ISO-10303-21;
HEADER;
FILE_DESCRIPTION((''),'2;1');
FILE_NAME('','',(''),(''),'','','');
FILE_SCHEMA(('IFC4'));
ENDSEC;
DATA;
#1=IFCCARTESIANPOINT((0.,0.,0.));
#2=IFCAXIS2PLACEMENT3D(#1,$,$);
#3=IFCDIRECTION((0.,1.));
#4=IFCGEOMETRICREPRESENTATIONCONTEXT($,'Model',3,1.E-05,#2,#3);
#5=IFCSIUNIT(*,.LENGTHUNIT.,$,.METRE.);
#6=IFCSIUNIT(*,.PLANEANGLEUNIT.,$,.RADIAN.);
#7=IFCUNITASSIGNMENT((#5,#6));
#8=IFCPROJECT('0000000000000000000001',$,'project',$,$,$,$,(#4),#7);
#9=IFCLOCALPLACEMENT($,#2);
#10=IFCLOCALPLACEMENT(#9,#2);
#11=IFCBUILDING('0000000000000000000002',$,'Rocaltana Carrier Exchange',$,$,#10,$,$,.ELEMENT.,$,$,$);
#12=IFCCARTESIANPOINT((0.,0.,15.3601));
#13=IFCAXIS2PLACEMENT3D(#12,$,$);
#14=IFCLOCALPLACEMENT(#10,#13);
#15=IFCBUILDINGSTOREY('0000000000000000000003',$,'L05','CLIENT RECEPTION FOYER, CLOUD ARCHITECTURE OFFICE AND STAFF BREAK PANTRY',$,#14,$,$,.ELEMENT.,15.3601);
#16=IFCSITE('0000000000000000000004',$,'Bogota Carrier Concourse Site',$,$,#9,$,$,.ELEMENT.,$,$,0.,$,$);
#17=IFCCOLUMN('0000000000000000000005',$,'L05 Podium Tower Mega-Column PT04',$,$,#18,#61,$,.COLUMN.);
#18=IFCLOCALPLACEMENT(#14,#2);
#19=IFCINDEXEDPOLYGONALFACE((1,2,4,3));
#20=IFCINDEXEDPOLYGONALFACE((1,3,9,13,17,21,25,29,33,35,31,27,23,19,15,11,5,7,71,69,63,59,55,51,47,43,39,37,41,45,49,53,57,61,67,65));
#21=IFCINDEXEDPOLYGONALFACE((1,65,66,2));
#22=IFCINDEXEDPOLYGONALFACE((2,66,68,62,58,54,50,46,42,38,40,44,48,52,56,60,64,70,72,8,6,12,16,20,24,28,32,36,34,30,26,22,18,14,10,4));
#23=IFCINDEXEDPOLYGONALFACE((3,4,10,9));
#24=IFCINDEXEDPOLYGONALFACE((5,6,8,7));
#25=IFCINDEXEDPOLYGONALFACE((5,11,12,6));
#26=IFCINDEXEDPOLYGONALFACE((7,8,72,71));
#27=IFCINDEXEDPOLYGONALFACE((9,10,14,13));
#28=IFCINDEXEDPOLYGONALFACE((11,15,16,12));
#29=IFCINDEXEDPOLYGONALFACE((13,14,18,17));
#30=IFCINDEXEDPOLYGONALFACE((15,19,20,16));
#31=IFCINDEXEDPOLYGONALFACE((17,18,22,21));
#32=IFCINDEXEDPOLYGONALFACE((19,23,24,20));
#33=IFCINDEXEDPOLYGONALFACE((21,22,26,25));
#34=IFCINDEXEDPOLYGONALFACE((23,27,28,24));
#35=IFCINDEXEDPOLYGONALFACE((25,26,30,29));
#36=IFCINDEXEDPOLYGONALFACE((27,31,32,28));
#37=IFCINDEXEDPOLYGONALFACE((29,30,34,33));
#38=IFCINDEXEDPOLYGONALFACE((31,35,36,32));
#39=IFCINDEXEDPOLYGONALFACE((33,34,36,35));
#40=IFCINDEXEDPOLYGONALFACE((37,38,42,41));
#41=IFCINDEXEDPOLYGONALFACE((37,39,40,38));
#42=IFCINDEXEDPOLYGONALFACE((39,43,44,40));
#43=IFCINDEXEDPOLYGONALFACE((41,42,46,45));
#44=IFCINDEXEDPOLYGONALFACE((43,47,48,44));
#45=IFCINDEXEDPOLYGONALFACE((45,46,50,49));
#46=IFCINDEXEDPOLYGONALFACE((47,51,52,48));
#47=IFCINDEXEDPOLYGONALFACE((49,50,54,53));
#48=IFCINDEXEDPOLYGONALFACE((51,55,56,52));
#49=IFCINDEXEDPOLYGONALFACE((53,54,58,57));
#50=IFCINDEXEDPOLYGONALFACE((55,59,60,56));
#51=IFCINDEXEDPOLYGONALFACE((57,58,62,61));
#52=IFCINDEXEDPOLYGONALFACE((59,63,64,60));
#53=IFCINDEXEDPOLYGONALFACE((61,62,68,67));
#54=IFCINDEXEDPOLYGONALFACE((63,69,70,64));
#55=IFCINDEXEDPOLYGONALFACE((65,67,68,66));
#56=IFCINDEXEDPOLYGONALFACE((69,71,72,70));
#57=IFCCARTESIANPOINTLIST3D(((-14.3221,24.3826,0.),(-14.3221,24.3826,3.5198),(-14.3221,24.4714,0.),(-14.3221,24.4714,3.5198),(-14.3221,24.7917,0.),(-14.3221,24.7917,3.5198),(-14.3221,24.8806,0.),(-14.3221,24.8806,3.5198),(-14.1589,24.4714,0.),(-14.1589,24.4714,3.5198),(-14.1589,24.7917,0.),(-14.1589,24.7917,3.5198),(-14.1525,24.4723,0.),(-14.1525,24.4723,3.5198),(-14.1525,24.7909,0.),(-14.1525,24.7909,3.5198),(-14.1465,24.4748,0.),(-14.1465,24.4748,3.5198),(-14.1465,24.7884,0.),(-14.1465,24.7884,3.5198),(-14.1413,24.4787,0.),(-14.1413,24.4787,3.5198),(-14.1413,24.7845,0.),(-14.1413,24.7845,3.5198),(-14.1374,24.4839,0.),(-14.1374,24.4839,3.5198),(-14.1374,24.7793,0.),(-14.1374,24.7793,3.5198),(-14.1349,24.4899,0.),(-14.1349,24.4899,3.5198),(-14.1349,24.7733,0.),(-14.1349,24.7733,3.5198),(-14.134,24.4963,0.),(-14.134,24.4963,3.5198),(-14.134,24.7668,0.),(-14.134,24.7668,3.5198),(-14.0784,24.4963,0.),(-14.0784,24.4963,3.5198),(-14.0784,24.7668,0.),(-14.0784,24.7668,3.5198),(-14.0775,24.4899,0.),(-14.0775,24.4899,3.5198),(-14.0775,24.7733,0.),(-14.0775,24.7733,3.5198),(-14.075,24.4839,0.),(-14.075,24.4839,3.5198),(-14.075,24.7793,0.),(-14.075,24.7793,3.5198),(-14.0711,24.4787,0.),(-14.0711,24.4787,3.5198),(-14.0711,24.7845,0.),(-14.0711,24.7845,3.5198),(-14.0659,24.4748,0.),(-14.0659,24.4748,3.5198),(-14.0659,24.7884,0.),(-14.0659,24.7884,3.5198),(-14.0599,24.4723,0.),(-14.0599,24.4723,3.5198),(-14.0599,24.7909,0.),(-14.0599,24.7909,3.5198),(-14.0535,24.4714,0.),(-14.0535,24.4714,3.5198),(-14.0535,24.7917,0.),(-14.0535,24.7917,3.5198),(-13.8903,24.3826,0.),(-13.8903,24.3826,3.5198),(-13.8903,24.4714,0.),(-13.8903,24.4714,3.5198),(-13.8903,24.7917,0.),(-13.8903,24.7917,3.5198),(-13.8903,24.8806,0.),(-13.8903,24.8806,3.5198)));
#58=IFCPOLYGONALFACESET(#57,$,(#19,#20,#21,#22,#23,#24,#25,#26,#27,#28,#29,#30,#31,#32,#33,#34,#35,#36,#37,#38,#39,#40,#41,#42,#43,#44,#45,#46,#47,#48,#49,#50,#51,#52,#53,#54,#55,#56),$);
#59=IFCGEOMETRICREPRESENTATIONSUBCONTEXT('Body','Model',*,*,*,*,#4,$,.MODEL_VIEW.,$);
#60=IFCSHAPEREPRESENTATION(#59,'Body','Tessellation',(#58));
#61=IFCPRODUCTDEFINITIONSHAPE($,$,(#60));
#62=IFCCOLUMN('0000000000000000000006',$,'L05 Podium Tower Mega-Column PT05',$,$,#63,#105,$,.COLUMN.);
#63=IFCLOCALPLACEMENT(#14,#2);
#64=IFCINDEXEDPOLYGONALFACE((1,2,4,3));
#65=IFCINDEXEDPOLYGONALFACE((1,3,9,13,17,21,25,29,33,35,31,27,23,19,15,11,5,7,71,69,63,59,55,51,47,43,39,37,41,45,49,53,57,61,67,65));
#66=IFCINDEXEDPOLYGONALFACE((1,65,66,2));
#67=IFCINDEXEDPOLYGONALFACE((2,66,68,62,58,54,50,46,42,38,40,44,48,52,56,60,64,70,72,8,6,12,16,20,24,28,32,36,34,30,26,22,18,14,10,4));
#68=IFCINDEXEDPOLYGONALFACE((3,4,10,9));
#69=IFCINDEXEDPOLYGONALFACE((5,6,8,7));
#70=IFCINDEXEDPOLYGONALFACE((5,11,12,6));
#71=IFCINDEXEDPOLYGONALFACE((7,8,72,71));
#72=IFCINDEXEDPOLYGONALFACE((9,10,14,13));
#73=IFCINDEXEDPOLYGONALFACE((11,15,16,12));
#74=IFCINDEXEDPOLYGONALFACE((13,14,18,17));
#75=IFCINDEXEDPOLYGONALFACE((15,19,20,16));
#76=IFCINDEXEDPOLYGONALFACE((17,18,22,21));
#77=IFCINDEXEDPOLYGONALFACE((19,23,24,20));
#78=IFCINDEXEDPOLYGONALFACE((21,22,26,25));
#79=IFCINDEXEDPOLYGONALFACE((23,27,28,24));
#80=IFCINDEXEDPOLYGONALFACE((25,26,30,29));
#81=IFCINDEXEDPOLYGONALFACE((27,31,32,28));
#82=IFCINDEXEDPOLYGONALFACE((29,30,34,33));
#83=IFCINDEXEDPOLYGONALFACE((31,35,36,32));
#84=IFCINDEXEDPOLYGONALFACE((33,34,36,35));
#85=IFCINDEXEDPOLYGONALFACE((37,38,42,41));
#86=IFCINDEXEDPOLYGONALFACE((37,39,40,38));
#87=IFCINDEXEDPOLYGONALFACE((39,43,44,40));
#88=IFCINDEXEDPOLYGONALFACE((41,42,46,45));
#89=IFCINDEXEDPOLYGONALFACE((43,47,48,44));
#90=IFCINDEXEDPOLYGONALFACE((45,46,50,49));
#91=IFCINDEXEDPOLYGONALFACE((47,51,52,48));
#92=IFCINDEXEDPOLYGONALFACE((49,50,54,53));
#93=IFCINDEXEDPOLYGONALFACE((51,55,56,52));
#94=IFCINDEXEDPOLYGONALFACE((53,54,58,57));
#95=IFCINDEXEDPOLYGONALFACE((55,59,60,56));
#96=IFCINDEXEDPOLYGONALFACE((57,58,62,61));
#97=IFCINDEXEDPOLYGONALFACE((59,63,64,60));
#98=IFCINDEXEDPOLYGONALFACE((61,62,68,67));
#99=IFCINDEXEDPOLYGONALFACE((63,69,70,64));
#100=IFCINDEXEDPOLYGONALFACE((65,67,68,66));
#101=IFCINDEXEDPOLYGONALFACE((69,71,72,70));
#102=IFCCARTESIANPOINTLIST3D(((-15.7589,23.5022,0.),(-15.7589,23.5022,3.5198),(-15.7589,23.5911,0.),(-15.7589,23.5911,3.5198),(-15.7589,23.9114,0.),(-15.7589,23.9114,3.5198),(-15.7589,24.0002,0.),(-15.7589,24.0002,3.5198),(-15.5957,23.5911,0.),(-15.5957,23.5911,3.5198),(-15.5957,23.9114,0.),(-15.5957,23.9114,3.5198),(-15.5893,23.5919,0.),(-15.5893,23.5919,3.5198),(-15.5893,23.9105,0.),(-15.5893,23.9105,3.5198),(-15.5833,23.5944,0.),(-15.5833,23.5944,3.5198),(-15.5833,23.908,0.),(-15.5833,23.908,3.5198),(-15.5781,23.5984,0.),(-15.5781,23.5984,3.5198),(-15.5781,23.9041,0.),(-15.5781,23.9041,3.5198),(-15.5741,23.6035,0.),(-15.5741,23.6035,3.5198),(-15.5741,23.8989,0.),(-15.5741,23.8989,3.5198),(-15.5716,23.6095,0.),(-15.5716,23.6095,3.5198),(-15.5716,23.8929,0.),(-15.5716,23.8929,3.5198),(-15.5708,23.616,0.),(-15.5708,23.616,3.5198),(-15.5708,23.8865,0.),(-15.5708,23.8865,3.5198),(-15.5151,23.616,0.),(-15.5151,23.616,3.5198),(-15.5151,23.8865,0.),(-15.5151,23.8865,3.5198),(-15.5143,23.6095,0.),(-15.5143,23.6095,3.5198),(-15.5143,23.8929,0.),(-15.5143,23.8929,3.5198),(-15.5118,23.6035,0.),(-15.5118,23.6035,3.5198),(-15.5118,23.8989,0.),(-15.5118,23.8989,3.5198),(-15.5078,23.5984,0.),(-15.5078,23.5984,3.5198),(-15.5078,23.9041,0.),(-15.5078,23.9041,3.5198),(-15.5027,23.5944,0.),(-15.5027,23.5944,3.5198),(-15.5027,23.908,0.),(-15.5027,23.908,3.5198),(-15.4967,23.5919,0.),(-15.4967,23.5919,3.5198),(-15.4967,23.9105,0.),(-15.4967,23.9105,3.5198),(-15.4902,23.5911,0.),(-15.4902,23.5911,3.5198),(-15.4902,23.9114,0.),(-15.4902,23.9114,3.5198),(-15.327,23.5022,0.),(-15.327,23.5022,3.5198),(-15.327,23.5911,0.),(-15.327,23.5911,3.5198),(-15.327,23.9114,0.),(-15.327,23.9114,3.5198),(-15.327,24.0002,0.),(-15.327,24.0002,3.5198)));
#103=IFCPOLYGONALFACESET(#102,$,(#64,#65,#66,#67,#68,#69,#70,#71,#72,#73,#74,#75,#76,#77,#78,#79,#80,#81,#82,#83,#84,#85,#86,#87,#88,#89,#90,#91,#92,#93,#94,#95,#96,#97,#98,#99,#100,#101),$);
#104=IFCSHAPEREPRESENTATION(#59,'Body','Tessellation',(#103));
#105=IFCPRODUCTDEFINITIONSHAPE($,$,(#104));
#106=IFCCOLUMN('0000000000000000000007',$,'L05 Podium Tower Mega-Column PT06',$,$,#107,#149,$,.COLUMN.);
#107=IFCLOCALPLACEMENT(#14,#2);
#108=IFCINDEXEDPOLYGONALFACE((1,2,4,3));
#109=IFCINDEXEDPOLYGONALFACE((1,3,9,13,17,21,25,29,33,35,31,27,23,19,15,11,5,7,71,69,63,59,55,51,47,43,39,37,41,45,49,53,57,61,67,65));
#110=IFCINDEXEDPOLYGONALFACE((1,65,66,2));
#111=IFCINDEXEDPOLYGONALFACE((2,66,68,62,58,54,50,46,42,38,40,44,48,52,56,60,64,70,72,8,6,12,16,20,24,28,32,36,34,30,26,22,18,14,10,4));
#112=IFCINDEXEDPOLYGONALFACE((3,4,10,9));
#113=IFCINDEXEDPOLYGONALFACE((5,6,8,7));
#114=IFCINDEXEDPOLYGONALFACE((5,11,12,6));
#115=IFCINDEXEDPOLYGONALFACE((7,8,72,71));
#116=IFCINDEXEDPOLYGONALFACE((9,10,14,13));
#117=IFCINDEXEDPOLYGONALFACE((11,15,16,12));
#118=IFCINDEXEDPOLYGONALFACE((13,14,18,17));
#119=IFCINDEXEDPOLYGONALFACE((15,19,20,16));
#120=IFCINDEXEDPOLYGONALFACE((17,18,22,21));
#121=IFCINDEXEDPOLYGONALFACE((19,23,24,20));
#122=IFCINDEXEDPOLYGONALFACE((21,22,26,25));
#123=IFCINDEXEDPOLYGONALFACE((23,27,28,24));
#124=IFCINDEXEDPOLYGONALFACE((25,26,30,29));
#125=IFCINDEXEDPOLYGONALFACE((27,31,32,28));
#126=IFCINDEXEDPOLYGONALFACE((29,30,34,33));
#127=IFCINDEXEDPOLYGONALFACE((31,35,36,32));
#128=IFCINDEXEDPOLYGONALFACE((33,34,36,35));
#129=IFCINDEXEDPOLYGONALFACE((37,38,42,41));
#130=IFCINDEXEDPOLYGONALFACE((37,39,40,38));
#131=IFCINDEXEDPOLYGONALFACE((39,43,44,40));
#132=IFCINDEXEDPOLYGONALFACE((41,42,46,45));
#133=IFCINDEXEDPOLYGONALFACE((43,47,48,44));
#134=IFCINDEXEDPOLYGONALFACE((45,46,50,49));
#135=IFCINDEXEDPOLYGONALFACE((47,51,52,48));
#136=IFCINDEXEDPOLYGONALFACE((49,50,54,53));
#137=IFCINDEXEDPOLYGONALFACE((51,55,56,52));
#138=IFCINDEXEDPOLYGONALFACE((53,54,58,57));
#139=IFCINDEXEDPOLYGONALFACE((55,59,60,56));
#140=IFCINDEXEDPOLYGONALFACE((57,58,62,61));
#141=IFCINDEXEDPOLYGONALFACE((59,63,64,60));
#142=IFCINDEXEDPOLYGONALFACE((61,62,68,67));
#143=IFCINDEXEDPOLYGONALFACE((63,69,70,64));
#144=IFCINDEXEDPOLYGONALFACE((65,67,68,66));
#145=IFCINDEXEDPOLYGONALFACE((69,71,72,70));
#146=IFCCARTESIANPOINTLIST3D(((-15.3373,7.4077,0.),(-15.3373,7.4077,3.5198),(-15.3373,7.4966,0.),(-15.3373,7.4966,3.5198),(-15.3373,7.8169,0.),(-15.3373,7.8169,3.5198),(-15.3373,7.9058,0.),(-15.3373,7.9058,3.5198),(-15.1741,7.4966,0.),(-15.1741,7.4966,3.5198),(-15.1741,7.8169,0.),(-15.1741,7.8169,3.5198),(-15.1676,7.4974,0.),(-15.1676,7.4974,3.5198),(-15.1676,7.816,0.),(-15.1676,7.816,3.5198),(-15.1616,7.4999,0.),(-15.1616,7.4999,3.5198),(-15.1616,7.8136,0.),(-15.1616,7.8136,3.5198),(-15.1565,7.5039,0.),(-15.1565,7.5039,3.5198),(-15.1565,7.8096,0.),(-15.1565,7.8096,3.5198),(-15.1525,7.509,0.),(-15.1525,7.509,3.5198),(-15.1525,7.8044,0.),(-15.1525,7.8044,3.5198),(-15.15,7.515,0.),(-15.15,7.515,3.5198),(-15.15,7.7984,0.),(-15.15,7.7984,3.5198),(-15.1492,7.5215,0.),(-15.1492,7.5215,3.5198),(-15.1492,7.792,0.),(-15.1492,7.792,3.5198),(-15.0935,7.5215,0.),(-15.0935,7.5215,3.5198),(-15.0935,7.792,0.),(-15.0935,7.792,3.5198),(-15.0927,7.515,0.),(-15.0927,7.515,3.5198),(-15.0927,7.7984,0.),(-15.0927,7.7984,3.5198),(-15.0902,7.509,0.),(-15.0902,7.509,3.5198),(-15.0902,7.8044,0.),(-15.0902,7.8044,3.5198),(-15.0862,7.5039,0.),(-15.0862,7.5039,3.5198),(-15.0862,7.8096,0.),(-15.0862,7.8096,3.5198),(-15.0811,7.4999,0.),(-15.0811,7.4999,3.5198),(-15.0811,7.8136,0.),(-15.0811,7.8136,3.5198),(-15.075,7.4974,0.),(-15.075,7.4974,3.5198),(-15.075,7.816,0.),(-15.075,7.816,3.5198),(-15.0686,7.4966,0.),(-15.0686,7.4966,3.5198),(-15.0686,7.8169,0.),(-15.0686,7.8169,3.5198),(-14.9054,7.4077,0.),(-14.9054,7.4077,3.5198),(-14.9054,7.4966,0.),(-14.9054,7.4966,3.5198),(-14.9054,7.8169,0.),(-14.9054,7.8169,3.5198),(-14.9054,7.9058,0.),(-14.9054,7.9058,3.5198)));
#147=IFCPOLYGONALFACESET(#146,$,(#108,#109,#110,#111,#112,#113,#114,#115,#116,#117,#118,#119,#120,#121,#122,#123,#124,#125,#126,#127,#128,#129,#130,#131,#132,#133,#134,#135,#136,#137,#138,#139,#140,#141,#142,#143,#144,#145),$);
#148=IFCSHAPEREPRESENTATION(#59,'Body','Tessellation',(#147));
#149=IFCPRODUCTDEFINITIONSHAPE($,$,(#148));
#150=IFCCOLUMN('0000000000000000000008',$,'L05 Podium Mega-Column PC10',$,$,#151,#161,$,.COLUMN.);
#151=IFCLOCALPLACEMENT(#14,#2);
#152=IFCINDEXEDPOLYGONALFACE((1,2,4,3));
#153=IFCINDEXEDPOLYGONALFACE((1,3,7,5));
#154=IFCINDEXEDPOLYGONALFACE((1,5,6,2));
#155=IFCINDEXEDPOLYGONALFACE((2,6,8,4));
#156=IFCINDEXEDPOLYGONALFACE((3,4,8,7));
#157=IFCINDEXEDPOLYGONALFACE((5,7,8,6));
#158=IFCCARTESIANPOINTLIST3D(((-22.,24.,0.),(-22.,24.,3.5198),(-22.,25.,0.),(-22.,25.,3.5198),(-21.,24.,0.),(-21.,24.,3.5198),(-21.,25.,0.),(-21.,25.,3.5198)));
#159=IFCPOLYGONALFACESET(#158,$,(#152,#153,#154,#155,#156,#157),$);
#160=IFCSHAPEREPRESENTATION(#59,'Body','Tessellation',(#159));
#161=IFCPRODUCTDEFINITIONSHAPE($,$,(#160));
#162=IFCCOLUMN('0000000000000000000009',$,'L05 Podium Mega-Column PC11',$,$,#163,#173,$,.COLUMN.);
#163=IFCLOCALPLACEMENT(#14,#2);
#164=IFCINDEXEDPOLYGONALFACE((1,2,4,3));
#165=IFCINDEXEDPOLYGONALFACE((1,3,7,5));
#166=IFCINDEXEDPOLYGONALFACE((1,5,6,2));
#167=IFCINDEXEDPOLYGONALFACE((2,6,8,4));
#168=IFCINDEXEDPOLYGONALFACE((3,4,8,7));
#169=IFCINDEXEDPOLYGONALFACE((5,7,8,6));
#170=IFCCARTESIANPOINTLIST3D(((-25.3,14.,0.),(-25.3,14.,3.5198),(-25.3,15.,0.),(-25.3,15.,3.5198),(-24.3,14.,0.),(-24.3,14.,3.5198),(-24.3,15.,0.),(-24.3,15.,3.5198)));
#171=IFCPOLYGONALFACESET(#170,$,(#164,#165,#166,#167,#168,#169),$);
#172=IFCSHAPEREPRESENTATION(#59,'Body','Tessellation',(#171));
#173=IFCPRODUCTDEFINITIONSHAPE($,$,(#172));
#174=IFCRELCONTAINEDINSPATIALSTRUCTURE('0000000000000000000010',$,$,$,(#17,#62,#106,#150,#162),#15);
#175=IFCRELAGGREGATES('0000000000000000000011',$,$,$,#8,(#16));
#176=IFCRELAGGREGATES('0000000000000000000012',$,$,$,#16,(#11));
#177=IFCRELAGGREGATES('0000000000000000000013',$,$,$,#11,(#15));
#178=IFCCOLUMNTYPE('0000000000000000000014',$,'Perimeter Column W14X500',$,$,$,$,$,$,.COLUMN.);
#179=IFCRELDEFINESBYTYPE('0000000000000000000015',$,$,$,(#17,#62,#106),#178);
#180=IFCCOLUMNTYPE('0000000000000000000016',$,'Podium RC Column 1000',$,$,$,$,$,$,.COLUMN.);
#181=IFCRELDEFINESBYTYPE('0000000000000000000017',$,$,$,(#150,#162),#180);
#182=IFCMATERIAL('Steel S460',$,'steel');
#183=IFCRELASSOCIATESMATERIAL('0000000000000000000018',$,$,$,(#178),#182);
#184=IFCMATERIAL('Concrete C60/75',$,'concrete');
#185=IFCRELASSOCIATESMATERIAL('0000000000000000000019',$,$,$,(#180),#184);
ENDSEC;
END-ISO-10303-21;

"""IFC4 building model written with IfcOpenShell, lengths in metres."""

from ifc_helpers import new_model, si_unit, direction, frame, origin, origin_2d, place, context, subcontext, project, spatial, rectangle, i_section, extrude, material, material_profile, profile_set, type_object, element, save


model = new_model("IFC4")

# Units and contexts
model_context = context("Model", 3, precision=1e-05, world=origin(), true_north=direction((0.0, 1.0)))
body_context = subcontext(model_context, "Body", "Model", "MODEL_VIEW")
ifc_project = project(units=[si_unit("LENGTHUNIT", "METRE"), si_unit("PLANEANGLEUNIT", "RADIAN")], contexts=[model_context])

# Site, building, storey
site_placement = place(None, origin())
site = spatial("IfcSite", under=ifc_project, at=site_placement, Name="Bogota Carrier Concourse Site", CompositionType="ELEMENT", RefElevation=0.0)
building_placement = place(site_placement, origin())
building = spatial("IfcBuilding", under=site, at=building_placement, Name="Rocaltana Carrier Exchange", CompositionType="ELEMENT")
storey_placement = place(building_placement, frame((0.0, 0.0, 15.3601)))
storey = spatial("IfcBuildingStorey", under=building, at=storey_placement, Name="L05", Description="CLIENT RECEPTION FOYER, CLOUD ARCHITECTURE OFFICE AND STAFF BREAK PANTRY", CompositionType="ELEMENT", Elevation=15.3601)

# Columns
ifc_material_1 = material(Name="Steel S460", Category="steel")
ifc_material_profile_1 = material_profile(ifc_material_1, i_section(OverallWidth=0.4319, OverallDepth=0.498, WebThickness=0.0557, FlangeThickness=0.0889, FilletRadius=0.0249, at=origin_2d()), Name="W14X500")
ifc_profile_set_1 = profile_set([ifc_material_profile_1], Name="Steel S460")
column_type_1 = type_object("IfcColumnType", Name="Perimeter Column W14X500", PredefinedType="COLUMN", material=ifc_profile_set_1)
for number, where, z_axis, x_axis, name in (
    (1, (-14.1062, 24.6316, 0.0), (0.0, 0.0, 1.0), (1.0, 0.0, 0.0), "L05 Podium Tower Mega-Column PT04"),
    (2, (-15.543, 23.7512, 0.0), (0.0, 0.0, 1.0), (1.0, 0.0, 0.0), "L05 Podium Tower Mega-Column PT05"),
    (3, (-15.1213, 7.6567, 0.0), (0.0, 0.0, 1.0), (1.0, 0.0, 0.0), "L05 Podium Tower Mega-Column PT06"),
):
    element("IfcColumn", number, at=place(storey_placement, frame(where, z_axis=z_axis, x_axis=x_axis)), inside=storey, type_object=column_type_1, Name=name, PredefinedType="COLUMN", context=body_context, shape_type="SweptSolid", body=[
        extrude(i_section(OverallWidth=0.4319, OverallDepth=0.498, WebThickness=0.0557, FlangeThickness=0.0889, FilletRadius=0.0249, at=origin_2d()), origin(), (0.0, 0.0, 1.0), 3.5198),
    ])
ifc_material_2 = material(Name="Concrete C60/75", Category="concrete")
ifc_material_profile_2 = material_profile(ifc_material_2, rectangle(XDim=1.0, YDim=1.0, at=origin_2d()), Name="RC-COL-1000X1000")
ifc_profile_set_2 = profile_set([ifc_material_profile_2], Name="Concrete C60/75")
column_type_2 = type_object("IfcColumnType", Name="Podium RC Column 1000", PredefinedType="COLUMN", material=ifc_profile_set_2)
for number, where, z_axis, x_axis, name in (
    (4, (-21.5, 24.5, 0.0), (0.0, 0.0, 1.0), (1.0, 0.0, 0.0), "L05 Podium Mega-Column PC10"),
    (5, (-24.8, 14.5, 0.0), (0.0, 0.0, 1.0), (1.0, 0.0, 0.0), "L05 Podium Mega-Column PC11"),
):
    element("IfcColumn", number, at=place(storey_placement, frame(where, z_axis=z_axis, x_axis=x_axis)), inside=storey, type_object=column_type_2, Name=name, PredefinedType="COLUMN", context=body_context, shape_type="SweptSolid", body=[
        extrude(rectangle(XDim=1.0, YDim=1.0, at=origin_2d()), origin(), (0.0, 0.0, 1.0), 3.5198),
    ])

save(model, "model.ifc")
